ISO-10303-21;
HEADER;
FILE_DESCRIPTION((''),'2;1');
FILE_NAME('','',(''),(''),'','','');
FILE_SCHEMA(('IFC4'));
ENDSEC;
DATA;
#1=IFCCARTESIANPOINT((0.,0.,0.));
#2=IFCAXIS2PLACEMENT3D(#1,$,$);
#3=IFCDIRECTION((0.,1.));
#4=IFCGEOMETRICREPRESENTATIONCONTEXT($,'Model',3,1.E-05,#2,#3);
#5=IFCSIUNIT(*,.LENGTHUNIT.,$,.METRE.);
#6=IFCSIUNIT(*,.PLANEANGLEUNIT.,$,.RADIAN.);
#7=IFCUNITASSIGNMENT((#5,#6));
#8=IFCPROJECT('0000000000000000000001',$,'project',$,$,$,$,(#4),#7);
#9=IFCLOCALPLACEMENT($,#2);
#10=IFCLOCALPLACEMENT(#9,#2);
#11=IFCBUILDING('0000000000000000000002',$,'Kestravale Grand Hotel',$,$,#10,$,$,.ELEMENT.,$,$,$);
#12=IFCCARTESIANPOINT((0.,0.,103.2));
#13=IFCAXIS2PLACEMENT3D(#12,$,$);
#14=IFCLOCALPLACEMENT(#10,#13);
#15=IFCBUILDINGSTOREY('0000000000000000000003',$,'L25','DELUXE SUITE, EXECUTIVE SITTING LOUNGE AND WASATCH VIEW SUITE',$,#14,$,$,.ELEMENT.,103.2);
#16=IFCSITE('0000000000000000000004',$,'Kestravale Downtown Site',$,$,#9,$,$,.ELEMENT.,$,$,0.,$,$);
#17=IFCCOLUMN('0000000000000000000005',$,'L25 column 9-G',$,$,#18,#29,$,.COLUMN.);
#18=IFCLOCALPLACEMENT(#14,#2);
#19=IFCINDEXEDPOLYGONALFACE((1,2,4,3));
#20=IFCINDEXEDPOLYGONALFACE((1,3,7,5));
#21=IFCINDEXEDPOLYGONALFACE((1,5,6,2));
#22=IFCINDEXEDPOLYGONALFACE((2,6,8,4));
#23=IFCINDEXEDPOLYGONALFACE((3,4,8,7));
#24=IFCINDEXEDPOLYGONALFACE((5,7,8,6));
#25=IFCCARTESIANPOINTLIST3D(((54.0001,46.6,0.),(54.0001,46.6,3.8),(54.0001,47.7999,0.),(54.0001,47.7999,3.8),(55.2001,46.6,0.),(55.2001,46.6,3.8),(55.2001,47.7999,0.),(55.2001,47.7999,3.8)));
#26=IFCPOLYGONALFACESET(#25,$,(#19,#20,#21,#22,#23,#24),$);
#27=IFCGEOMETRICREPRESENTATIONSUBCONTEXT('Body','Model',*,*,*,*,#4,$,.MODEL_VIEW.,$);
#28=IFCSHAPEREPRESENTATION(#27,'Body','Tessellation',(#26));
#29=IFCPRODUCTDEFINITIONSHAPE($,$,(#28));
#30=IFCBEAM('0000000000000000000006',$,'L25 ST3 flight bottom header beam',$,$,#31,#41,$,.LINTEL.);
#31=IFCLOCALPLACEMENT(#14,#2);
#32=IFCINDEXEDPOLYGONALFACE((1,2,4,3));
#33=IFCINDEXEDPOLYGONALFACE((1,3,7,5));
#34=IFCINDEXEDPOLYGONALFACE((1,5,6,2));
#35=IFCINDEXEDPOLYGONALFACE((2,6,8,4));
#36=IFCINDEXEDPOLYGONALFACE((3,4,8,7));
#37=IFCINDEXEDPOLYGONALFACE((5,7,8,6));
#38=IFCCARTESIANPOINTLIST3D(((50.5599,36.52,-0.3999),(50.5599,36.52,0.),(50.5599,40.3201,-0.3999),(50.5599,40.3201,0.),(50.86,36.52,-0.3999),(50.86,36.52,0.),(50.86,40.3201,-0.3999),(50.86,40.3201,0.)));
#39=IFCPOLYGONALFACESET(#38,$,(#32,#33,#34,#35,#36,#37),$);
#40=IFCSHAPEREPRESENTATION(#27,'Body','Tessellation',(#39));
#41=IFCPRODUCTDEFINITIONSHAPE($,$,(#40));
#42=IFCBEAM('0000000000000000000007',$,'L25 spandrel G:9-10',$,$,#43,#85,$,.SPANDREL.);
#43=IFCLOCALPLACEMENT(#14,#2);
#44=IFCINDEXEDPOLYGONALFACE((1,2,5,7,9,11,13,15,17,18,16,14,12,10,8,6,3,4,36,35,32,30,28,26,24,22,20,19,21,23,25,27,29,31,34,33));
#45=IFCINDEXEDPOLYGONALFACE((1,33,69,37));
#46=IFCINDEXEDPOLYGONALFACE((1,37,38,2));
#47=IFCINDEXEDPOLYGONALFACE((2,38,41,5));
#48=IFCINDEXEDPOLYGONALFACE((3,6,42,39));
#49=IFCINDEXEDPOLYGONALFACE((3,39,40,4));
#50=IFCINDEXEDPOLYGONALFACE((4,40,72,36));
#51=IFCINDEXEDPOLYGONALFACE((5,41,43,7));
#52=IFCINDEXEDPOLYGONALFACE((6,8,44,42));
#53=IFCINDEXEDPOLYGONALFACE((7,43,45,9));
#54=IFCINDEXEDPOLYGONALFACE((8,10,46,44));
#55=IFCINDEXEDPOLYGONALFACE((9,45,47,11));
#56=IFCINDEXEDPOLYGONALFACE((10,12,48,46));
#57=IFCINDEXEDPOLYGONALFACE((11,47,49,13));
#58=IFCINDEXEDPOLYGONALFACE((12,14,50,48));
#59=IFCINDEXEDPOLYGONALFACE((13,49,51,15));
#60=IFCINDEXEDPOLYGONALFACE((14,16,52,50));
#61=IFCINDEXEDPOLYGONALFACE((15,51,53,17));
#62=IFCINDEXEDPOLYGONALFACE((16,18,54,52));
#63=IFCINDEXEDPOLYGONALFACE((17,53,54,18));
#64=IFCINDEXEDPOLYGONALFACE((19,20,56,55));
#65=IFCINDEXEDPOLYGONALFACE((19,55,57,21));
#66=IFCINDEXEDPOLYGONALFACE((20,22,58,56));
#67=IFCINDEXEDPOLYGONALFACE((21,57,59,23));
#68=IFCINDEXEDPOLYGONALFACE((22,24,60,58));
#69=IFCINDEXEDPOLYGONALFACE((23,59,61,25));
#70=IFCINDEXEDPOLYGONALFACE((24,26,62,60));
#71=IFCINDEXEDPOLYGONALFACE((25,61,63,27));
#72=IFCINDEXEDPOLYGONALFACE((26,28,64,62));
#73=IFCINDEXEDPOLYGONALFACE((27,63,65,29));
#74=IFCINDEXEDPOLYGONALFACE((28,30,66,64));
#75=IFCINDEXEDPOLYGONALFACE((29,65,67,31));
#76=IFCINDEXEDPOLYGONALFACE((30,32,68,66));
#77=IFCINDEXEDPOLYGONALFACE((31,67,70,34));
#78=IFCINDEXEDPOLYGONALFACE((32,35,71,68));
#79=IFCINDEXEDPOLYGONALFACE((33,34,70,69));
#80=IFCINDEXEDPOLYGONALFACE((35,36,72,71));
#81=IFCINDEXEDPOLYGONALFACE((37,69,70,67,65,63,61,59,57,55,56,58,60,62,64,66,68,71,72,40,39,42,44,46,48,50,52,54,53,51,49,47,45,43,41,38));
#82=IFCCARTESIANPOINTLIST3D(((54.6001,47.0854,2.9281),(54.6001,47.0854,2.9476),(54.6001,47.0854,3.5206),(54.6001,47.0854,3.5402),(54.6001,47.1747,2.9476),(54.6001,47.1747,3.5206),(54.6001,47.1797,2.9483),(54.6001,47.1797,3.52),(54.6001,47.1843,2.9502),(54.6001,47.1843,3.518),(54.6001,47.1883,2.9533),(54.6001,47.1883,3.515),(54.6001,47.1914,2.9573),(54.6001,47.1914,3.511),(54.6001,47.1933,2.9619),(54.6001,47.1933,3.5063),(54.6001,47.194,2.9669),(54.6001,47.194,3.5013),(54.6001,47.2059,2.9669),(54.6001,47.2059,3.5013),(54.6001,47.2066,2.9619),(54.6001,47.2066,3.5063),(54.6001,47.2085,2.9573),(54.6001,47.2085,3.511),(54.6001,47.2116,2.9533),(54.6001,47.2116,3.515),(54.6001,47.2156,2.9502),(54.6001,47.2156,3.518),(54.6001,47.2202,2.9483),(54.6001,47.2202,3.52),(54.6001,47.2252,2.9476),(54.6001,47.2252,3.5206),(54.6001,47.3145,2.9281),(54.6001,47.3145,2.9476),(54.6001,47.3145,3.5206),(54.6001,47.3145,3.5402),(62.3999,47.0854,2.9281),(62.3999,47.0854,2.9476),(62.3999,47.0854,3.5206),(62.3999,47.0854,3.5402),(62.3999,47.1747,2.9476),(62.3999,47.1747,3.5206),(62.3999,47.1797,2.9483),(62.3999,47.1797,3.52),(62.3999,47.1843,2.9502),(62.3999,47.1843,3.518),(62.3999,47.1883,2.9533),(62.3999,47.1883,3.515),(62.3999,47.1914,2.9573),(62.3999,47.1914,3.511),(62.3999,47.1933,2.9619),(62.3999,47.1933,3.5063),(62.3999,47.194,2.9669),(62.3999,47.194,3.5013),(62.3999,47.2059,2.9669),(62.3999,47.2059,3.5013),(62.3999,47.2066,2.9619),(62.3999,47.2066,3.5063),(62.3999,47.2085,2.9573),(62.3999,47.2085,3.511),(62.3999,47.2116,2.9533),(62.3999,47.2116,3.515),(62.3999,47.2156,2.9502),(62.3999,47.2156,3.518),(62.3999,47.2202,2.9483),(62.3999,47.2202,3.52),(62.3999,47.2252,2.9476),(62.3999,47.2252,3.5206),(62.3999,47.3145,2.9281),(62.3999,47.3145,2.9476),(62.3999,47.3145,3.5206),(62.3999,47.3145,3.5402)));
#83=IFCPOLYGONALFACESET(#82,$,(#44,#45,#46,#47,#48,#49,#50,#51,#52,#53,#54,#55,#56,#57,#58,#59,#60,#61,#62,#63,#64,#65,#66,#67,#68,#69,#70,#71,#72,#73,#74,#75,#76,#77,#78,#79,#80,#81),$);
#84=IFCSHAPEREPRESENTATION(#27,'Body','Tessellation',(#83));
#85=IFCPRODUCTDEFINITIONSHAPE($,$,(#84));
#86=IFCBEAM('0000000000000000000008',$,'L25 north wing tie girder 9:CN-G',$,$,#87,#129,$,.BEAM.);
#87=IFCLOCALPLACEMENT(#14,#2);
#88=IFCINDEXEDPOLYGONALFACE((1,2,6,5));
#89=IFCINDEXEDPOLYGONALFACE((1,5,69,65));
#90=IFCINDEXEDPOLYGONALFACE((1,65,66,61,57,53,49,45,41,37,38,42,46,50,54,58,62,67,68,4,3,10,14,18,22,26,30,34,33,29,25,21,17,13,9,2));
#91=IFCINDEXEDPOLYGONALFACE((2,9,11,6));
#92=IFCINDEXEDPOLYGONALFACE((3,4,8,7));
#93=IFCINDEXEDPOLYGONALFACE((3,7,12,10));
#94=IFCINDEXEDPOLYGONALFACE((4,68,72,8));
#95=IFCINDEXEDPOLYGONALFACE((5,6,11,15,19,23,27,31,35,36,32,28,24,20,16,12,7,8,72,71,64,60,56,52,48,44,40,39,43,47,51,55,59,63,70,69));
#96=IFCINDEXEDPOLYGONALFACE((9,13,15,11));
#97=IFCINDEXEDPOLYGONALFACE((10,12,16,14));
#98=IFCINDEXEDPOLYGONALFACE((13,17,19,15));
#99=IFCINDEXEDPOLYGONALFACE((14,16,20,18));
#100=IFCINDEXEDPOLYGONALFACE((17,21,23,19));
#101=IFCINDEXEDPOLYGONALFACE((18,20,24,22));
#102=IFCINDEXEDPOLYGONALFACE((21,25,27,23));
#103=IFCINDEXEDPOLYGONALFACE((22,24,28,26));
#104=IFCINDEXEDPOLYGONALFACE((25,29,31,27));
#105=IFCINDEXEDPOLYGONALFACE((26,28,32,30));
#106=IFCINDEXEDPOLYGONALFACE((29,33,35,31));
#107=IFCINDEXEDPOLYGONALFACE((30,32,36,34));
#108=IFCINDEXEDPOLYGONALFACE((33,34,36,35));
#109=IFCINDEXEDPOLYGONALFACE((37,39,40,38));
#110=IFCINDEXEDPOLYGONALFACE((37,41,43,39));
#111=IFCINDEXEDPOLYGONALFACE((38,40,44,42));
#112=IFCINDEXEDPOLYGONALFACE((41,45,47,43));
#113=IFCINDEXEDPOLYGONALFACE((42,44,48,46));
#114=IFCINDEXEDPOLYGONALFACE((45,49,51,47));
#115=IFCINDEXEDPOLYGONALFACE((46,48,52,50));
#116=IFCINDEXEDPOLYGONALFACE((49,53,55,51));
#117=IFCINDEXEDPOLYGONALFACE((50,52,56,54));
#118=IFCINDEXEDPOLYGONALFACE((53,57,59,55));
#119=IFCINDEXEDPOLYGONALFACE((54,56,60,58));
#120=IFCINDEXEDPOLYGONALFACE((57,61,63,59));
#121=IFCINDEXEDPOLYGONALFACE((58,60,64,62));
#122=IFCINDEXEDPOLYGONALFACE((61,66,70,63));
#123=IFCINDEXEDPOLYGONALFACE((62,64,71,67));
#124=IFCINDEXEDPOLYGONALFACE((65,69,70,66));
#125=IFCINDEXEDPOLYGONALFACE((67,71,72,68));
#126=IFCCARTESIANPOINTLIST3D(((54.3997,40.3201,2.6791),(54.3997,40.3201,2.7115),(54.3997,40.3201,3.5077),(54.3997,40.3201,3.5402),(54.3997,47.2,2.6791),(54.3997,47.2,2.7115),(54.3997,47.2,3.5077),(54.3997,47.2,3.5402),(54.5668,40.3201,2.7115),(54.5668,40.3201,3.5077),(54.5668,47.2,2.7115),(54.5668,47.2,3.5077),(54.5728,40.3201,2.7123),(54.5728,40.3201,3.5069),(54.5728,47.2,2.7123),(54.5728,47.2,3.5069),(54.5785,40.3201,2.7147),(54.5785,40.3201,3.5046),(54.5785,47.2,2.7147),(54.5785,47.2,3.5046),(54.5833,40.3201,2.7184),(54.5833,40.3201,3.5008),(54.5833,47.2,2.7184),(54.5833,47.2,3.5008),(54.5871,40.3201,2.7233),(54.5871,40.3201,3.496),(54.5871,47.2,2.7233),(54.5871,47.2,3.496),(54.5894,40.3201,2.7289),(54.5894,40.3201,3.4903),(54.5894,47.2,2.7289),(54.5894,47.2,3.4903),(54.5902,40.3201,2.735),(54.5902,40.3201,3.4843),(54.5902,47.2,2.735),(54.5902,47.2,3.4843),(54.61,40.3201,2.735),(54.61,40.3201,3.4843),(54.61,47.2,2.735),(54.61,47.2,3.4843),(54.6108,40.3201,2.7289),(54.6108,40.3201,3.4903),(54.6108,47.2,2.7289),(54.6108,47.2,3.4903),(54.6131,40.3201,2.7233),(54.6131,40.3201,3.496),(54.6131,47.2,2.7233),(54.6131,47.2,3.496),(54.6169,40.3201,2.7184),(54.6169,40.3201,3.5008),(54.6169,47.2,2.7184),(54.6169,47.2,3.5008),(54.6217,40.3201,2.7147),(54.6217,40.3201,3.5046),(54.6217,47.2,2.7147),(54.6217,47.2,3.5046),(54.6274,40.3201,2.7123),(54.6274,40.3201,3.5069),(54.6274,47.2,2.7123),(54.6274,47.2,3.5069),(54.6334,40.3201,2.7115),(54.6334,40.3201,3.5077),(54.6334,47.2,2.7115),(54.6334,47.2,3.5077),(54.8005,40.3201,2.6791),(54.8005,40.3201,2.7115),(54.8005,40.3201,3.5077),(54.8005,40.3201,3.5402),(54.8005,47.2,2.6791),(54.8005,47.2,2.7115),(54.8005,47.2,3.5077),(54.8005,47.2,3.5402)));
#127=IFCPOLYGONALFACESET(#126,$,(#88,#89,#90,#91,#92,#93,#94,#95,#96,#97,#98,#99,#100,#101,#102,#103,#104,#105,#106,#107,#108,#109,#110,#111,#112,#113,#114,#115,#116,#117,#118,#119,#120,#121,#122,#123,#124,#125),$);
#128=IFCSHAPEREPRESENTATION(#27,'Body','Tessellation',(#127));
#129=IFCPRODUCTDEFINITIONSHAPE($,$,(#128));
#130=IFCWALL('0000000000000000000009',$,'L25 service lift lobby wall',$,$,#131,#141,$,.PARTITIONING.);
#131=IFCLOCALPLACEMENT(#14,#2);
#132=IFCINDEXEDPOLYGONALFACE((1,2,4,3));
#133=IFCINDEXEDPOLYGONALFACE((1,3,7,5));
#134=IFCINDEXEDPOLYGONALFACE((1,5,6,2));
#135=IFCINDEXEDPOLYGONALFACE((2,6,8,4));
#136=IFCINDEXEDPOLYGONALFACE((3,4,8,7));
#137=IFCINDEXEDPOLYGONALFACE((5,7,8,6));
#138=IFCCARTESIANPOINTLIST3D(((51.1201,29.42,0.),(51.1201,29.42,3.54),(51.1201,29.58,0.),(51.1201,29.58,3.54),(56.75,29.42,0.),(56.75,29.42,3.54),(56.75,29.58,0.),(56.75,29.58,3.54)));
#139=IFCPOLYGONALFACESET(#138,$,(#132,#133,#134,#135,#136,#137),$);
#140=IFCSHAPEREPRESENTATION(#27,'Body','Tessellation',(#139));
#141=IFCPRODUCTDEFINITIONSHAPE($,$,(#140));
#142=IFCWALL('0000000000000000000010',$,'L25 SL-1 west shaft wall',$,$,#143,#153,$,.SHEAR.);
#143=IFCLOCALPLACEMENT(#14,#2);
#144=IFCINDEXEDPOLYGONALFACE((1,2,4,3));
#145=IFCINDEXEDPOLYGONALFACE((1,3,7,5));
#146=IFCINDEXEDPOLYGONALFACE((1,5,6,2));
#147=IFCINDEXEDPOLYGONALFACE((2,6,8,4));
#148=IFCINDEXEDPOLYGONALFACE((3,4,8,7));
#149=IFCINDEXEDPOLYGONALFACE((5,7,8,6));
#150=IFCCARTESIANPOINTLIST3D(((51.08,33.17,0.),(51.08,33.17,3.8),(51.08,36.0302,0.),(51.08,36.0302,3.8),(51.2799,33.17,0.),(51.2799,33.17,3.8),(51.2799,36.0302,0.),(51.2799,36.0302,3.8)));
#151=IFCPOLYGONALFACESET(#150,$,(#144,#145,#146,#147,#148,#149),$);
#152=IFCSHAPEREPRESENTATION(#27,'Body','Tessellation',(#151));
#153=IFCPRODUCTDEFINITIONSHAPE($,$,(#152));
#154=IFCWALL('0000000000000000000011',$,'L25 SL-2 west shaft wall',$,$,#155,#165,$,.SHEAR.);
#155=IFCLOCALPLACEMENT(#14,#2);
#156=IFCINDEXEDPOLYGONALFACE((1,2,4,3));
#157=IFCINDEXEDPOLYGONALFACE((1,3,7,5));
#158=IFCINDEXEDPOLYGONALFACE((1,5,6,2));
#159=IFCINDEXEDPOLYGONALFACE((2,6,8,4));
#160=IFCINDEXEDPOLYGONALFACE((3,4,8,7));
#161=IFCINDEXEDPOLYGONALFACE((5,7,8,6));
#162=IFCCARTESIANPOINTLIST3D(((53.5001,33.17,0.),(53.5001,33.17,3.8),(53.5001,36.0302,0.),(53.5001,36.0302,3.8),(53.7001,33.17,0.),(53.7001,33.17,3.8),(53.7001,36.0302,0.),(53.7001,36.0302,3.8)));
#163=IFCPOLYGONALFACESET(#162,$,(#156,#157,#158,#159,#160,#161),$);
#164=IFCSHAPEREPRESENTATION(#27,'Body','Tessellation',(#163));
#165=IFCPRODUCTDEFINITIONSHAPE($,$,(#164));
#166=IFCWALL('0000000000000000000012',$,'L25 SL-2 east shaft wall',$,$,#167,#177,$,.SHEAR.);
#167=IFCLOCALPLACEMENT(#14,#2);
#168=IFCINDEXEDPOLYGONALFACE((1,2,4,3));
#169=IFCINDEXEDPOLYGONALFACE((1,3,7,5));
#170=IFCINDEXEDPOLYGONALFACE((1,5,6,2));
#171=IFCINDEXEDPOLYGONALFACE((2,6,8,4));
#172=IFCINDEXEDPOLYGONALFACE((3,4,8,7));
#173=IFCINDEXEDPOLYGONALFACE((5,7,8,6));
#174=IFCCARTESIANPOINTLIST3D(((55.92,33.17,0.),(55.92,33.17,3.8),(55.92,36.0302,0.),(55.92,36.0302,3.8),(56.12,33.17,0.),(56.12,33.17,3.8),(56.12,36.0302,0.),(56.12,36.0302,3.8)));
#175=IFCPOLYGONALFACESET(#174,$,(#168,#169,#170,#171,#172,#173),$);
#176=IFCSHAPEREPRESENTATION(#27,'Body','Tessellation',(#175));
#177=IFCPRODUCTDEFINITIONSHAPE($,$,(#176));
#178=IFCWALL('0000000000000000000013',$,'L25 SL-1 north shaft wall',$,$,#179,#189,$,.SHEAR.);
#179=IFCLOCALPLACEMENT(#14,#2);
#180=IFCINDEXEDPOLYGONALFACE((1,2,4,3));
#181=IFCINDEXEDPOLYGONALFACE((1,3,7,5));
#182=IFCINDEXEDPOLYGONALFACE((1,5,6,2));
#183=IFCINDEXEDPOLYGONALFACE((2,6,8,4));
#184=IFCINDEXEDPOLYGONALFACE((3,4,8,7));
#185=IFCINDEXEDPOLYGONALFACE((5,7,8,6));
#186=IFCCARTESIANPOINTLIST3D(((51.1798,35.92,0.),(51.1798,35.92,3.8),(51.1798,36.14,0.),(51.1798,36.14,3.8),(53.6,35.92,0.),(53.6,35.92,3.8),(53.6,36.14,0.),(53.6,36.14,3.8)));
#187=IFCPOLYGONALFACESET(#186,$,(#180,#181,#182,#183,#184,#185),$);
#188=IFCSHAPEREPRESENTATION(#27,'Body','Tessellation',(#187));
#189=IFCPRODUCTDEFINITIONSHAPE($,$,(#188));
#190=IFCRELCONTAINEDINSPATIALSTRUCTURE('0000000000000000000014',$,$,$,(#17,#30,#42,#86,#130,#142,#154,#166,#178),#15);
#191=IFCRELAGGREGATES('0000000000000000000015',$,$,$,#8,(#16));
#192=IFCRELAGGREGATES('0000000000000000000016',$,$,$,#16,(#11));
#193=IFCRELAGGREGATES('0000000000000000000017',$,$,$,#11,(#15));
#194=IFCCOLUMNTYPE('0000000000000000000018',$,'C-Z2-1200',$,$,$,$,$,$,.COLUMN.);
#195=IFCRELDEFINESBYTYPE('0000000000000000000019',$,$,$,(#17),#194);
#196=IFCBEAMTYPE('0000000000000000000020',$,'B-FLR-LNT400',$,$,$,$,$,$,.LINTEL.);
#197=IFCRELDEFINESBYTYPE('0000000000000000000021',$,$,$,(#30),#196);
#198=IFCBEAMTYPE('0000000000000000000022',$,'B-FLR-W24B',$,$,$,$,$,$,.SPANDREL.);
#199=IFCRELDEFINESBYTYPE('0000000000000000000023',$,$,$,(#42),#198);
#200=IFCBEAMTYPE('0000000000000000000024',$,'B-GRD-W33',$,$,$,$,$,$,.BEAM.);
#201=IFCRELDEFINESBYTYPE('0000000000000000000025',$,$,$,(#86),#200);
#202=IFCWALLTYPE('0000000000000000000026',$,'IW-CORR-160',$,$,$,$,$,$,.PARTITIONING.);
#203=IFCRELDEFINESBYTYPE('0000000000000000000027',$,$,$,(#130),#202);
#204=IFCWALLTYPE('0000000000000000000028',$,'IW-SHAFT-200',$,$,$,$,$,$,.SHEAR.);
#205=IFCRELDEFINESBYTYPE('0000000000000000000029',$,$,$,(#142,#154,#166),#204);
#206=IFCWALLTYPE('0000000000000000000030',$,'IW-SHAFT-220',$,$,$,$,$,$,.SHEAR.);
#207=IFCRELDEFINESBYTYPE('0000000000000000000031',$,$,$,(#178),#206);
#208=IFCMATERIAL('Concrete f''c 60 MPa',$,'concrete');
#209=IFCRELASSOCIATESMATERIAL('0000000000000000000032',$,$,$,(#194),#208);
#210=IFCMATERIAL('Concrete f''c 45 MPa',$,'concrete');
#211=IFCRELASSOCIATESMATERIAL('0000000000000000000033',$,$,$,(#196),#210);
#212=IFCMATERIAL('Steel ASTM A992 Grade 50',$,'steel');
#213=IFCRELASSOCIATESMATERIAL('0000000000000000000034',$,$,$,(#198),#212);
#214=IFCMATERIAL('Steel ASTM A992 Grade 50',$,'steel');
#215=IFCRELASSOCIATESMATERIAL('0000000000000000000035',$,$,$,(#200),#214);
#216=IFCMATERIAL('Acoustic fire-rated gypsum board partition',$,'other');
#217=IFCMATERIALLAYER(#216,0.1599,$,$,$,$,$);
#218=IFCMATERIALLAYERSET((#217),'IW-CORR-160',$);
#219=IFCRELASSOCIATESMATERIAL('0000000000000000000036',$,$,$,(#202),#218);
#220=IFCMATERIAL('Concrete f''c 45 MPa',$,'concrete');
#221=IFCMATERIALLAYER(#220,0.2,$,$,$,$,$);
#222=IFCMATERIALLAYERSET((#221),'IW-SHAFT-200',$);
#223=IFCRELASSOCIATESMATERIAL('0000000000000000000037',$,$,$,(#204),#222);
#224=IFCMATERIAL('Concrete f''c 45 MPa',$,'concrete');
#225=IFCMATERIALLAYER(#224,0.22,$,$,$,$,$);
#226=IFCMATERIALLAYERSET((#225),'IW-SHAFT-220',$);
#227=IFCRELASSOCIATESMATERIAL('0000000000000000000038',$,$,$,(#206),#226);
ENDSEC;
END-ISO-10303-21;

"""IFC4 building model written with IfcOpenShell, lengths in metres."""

from ifc_helpers import new_model, si_unit, direction, frame, frame_2d, origin, origin_2d, place, context, subcontext, project, spatial, rectangle, i_section, extrude, material, layer, layer_set, material_profile, profile_set, type_object, element, save


model = new_model("IFC4")

# Units and contexts
model_context = context("Model", 3, precision=1e-05, world=origin(), true_north=direction((0.0, 1.0)))
body_context = subcontext(model_context, "Body", "Model", "MODEL_VIEW")
ifc_project = project(units=[si_unit("LENGTHUNIT", "METRE"), si_unit("PLANEANGLEUNIT", "RADIAN")], contexts=[model_context])

# Site, building, storey
site_placement = place(None, origin())
site = spatial("IfcSite", under=ifc_project, at=site_placement, Name="Kestravale Downtown Site", CompositionType="ELEMENT", RefElevation=0.0)
building_placement = place(site_placement, origin())
building = spatial("IfcBuilding", under=site, at=building_placement, Name="Kestravale Grand Hotel", CompositionType="ELEMENT")
storey_placement = place(building_placement, frame((0.0, 0.0, 103.2)))
storey = spatial("IfcBuildingStorey", under=building, at=storey_placement, Name="L25", Description="DELUXE SUITE, EXECUTIVE SITTING LOUNGE AND WASATCH VIEW SUITE", CompositionType="ELEMENT", Elevation=103.2)

# Column
ifc_material_1 = material(Name="Concrete f'c 60 MPa", Category="concrete")
ifc_material_profile_1 = material_profile(ifc_material_1, rectangle(XDim=1.2, YDim=1.2, at=origin_2d()))
ifc_profile_set_1 = profile_set([ifc_material_profile_1], Name="Concrete f'c 60 MPa")
column_type = type_object("IfcColumnType", Name="C-Z2-1200", PredefinedType="COLUMN", material=ifc_profile_set_1)
column_placement = place(storey_placement, frame((54.6001, 47.2, 0.0), z_axis=(0.0, 0.0, 1.0), x_axis=(1.0, 0.0, 0.0)))
element("IfcColumn", 1, at=column_placement, inside=storey, type_object=column_type, Name="L25 column 9-G", PredefinedType="COLUMN", context=body_context, shape_type="SweptSolid", body=[
    extrude(rectangle(XDim=1.2, YDim=1.2, at=origin_2d()), origin(), (0.0, 0.0, 1.0), 3.8),
])

# Beams
ifc_material_2 = material(Name="Concrete f'c 45 MPa", Category="concrete")
ifc_material_profile_2 = material_profile(ifc_material_2, rectangle(XDim=0.3, YDim=0.3999, at=origin_2d()))
ifc_profile_set_2 = profile_set([ifc_material_profile_2], Name="Concrete f'c 45 MPa")
beam_type_1 = type_object("IfcBeamType", Name="B-FLR-LNT400", PredefinedType="LINTEL", material=ifc_profile_set_2)
beam_1_placement = place(storey_placement, frame((50.71, 36.52, -0.2), z_axis=(0.0, 1.0, 0.0), x_axis=(-1.0, 0.0, 0.0)))
element("IfcBeam", 2, at=beam_1_placement, inside=storey, type_object=beam_type_1, Name="L25 ST3 flight bottom header beam", PredefinedType="LINTEL", context=body_context, shape_type="SweptSolid", body=[
    extrude(rectangle(XDim=0.3, YDim=0.3999, at=origin_2d()), origin(), (0.0, 0.0, 1.0), 3.8),
])
ifc_material_3 = material(Name="Steel ASTM A992 Grade 50", Category="steel")
ifc_material_profile_3 = material_profile(ifc_material_3, i_section(OverallWidth=0.229, OverallDepth=0.6121, WebThickness=0.012, FlangeThickness=0.0195, FilletRadius=0.0193, at=origin_2d()))
ifc_profile_set_3 = profile_set([ifc_material_profile_3], Name="Steel ASTM A992 Grade 50")
beam_type_2 = type_object("IfcBeamType", Name="B-FLR-W24B", PredefinedType="SPANDREL", material=ifc_profile_set_3)
beam_2_placement = place(storey_placement, frame((54.6001, 47.2, 3.2341), z_axis=(1.0, 0.0, 0.0), x_axis=(0.0, 1.0, 0.0)))
element("IfcBeam", 3, at=beam_2_placement, inside=storey, type_object=beam_type_2, Name="L25 spandrel G:9-10", PredefinedType="SPANDREL", context=body_context, shape_type="SweptSolid", body=[
    extrude(i_section(OverallWidth=0.229, OverallDepth=0.6121, WebThickness=0.012, FlangeThickness=0.0195, FilletRadius=0.0193, at=origin_2d()), origin(), (0.0, 0.0, 1.0), 7.7998),
])
ifc_material_4 = material(Name="Steel ASTM A992 Grade 50", Category="steel")
ifc_material_profile_4 = material_profile(ifc_material_4, i_section(OverallWidth=0.4009, OverallDepth=0.8611, WebThickness=0.0198, FlangeThickness=0.0325, FilletRadius=0.0234, at=origin_2d()))
ifc_profile_set_4 = profile_set([ifc_material_profile_4], Name="Steel ASTM A992 Grade 50")
beam_type_3 = type_object("IfcBeamType", Name="B-GRD-W33", PredefinedType="BEAM", material=ifc_profile_set_4)
beam_3_placement = place(storey_placement, frame((54.6001, 40.3201, 3.1096), z_axis=(0.0, 1.0, 0.0), x_axis=(-1.0, 0.0, 0.0)))
element("IfcBeam", 4, at=beam_3_placement, inside=storey, type_object=beam_type_3, Name="L25 north wing tie girder 9:CN-G", PredefinedType="BEAM", context=body_context, shape_type="SweptSolid", body=[
    extrude(i_section(OverallWidth=0.4009, OverallDepth=0.8611, WebThickness=0.0198, FlangeThickness=0.0325, FilletRadius=0.0234, at=origin_2d()), origin(), (0.0, 0.0, 1.0), 6.8799),
])

# Shared definitions
ifc_material_5 = material(Name="Acoustic fire-rated gypsum board partition", Category="other")
ifc_layer_1 = layer(ifc_material_5, 0.1599)
ifc_layer_set_1 = layer_set([ifc_layer_1], Name="IW-CORR-160")
wall_type_1 = type_object("IfcWallType", Name="IW-CORR-160", PredefinedType="PARTITIONING", material=ifc_layer_set_1)

# Walls
wall_1_placement = place(storey_placement, frame((51.1201, 29.5, 0.0), z_axis=(0.0, 0.0, 1.0), x_axis=(1.0, 0.0, 0.0)))
element("IfcWall", 5, at=wall_1_placement, inside=storey, type_object=wall_type_1, Name="L25 service lift lobby wall", PredefinedType="PARTITIONING", context=body_context, shape_type="SweptSolid", body=[
    extrude(rectangle(XDim=5.6299, YDim=0.1599, at=frame_2d((2.8149, 0.0))), origin(), (0.0, 0.0, 1.0), 3.54),
])
ifc_material_6 = material(Name="Concrete f'c 45 MPa", Category="concrete")
ifc_layer_2 = layer(ifc_material_6, 0.2)
ifc_layer_set_2 = layer_set([ifc_layer_2], Name="IW-SHAFT-200")
wall_type_2 = type_object("IfcWallType", Name="IW-SHAFT-200", PredefinedType="SHEAR", material=ifc_layer_set_2)
for number, where, z_axis, x_axis, name in (
    (6, (51.1799, 33.1699, 0.0), (0.0, 0.0, 1.0), (0.0, 1.0, 0.0), "L25 SL-1 west shaft wall"),
    (7, (53.6001, 33.1699, 0.0), (0.0, 0.0, 1.0), (0.0, 1.0, 0.0), "L25 SL-2 west shaft wall"),
    (8, (56.02, 33.1699, 0.0), (0.0, 0.0, 1.0), (0.0, 1.0, 0.0), "L25 SL-2 east shaft wall"),
):
    element("IfcWall", number, at=place(storey_placement, frame(where, z_axis=z_axis, x_axis=x_axis)), inside=storey, type_object=wall_type_2, Name=name, PredefinedType="SHEAR", context=body_context, shape_type="SweptSolid", body=[
        extrude(rectangle(XDim=2.8601, YDim=0.2, at=frame_2d((1.4302, 0.0))), origin(), (0.0, 0.0, 1.0), 3.8),
    ])
ifc_material_7 = material(Name="Concrete f'c 45 MPa", Category="concrete")
ifc_layer_3 = layer(ifc_material_7, 0.22)
ifc_layer_set_3 = layer_set([ifc_layer_3], Name="IW-SHAFT-220")
wall_type_3 = type_object("IfcWallType", Name="IW-SHAFT-220", PredefinedType="SHEAR", material=ifc_layer_set_3)
wall_2_placement = place(storey_placement, frame((51.1799, 36.03, 0.0), z_axis=(0.0, 0.0, 1.0), x_axis=(1.0, 0.0, 0.0)))
element("IfcWall", 9, at=wall_2_placement, inside=storey, type_object=wall_type_3, Name="L25 SL-1 north shaft wall", PredefinedType="SHEAR", context=body_context, shape_type="SweptSolid", body=[
    extrude(rectangle(XDim=2.4202, YDim=0.22, at=frame_2d((1.21, 0.0))), origin(), (0.0, 0.0, 1.0), 3.8),
])

save(model, "model.ifc")
